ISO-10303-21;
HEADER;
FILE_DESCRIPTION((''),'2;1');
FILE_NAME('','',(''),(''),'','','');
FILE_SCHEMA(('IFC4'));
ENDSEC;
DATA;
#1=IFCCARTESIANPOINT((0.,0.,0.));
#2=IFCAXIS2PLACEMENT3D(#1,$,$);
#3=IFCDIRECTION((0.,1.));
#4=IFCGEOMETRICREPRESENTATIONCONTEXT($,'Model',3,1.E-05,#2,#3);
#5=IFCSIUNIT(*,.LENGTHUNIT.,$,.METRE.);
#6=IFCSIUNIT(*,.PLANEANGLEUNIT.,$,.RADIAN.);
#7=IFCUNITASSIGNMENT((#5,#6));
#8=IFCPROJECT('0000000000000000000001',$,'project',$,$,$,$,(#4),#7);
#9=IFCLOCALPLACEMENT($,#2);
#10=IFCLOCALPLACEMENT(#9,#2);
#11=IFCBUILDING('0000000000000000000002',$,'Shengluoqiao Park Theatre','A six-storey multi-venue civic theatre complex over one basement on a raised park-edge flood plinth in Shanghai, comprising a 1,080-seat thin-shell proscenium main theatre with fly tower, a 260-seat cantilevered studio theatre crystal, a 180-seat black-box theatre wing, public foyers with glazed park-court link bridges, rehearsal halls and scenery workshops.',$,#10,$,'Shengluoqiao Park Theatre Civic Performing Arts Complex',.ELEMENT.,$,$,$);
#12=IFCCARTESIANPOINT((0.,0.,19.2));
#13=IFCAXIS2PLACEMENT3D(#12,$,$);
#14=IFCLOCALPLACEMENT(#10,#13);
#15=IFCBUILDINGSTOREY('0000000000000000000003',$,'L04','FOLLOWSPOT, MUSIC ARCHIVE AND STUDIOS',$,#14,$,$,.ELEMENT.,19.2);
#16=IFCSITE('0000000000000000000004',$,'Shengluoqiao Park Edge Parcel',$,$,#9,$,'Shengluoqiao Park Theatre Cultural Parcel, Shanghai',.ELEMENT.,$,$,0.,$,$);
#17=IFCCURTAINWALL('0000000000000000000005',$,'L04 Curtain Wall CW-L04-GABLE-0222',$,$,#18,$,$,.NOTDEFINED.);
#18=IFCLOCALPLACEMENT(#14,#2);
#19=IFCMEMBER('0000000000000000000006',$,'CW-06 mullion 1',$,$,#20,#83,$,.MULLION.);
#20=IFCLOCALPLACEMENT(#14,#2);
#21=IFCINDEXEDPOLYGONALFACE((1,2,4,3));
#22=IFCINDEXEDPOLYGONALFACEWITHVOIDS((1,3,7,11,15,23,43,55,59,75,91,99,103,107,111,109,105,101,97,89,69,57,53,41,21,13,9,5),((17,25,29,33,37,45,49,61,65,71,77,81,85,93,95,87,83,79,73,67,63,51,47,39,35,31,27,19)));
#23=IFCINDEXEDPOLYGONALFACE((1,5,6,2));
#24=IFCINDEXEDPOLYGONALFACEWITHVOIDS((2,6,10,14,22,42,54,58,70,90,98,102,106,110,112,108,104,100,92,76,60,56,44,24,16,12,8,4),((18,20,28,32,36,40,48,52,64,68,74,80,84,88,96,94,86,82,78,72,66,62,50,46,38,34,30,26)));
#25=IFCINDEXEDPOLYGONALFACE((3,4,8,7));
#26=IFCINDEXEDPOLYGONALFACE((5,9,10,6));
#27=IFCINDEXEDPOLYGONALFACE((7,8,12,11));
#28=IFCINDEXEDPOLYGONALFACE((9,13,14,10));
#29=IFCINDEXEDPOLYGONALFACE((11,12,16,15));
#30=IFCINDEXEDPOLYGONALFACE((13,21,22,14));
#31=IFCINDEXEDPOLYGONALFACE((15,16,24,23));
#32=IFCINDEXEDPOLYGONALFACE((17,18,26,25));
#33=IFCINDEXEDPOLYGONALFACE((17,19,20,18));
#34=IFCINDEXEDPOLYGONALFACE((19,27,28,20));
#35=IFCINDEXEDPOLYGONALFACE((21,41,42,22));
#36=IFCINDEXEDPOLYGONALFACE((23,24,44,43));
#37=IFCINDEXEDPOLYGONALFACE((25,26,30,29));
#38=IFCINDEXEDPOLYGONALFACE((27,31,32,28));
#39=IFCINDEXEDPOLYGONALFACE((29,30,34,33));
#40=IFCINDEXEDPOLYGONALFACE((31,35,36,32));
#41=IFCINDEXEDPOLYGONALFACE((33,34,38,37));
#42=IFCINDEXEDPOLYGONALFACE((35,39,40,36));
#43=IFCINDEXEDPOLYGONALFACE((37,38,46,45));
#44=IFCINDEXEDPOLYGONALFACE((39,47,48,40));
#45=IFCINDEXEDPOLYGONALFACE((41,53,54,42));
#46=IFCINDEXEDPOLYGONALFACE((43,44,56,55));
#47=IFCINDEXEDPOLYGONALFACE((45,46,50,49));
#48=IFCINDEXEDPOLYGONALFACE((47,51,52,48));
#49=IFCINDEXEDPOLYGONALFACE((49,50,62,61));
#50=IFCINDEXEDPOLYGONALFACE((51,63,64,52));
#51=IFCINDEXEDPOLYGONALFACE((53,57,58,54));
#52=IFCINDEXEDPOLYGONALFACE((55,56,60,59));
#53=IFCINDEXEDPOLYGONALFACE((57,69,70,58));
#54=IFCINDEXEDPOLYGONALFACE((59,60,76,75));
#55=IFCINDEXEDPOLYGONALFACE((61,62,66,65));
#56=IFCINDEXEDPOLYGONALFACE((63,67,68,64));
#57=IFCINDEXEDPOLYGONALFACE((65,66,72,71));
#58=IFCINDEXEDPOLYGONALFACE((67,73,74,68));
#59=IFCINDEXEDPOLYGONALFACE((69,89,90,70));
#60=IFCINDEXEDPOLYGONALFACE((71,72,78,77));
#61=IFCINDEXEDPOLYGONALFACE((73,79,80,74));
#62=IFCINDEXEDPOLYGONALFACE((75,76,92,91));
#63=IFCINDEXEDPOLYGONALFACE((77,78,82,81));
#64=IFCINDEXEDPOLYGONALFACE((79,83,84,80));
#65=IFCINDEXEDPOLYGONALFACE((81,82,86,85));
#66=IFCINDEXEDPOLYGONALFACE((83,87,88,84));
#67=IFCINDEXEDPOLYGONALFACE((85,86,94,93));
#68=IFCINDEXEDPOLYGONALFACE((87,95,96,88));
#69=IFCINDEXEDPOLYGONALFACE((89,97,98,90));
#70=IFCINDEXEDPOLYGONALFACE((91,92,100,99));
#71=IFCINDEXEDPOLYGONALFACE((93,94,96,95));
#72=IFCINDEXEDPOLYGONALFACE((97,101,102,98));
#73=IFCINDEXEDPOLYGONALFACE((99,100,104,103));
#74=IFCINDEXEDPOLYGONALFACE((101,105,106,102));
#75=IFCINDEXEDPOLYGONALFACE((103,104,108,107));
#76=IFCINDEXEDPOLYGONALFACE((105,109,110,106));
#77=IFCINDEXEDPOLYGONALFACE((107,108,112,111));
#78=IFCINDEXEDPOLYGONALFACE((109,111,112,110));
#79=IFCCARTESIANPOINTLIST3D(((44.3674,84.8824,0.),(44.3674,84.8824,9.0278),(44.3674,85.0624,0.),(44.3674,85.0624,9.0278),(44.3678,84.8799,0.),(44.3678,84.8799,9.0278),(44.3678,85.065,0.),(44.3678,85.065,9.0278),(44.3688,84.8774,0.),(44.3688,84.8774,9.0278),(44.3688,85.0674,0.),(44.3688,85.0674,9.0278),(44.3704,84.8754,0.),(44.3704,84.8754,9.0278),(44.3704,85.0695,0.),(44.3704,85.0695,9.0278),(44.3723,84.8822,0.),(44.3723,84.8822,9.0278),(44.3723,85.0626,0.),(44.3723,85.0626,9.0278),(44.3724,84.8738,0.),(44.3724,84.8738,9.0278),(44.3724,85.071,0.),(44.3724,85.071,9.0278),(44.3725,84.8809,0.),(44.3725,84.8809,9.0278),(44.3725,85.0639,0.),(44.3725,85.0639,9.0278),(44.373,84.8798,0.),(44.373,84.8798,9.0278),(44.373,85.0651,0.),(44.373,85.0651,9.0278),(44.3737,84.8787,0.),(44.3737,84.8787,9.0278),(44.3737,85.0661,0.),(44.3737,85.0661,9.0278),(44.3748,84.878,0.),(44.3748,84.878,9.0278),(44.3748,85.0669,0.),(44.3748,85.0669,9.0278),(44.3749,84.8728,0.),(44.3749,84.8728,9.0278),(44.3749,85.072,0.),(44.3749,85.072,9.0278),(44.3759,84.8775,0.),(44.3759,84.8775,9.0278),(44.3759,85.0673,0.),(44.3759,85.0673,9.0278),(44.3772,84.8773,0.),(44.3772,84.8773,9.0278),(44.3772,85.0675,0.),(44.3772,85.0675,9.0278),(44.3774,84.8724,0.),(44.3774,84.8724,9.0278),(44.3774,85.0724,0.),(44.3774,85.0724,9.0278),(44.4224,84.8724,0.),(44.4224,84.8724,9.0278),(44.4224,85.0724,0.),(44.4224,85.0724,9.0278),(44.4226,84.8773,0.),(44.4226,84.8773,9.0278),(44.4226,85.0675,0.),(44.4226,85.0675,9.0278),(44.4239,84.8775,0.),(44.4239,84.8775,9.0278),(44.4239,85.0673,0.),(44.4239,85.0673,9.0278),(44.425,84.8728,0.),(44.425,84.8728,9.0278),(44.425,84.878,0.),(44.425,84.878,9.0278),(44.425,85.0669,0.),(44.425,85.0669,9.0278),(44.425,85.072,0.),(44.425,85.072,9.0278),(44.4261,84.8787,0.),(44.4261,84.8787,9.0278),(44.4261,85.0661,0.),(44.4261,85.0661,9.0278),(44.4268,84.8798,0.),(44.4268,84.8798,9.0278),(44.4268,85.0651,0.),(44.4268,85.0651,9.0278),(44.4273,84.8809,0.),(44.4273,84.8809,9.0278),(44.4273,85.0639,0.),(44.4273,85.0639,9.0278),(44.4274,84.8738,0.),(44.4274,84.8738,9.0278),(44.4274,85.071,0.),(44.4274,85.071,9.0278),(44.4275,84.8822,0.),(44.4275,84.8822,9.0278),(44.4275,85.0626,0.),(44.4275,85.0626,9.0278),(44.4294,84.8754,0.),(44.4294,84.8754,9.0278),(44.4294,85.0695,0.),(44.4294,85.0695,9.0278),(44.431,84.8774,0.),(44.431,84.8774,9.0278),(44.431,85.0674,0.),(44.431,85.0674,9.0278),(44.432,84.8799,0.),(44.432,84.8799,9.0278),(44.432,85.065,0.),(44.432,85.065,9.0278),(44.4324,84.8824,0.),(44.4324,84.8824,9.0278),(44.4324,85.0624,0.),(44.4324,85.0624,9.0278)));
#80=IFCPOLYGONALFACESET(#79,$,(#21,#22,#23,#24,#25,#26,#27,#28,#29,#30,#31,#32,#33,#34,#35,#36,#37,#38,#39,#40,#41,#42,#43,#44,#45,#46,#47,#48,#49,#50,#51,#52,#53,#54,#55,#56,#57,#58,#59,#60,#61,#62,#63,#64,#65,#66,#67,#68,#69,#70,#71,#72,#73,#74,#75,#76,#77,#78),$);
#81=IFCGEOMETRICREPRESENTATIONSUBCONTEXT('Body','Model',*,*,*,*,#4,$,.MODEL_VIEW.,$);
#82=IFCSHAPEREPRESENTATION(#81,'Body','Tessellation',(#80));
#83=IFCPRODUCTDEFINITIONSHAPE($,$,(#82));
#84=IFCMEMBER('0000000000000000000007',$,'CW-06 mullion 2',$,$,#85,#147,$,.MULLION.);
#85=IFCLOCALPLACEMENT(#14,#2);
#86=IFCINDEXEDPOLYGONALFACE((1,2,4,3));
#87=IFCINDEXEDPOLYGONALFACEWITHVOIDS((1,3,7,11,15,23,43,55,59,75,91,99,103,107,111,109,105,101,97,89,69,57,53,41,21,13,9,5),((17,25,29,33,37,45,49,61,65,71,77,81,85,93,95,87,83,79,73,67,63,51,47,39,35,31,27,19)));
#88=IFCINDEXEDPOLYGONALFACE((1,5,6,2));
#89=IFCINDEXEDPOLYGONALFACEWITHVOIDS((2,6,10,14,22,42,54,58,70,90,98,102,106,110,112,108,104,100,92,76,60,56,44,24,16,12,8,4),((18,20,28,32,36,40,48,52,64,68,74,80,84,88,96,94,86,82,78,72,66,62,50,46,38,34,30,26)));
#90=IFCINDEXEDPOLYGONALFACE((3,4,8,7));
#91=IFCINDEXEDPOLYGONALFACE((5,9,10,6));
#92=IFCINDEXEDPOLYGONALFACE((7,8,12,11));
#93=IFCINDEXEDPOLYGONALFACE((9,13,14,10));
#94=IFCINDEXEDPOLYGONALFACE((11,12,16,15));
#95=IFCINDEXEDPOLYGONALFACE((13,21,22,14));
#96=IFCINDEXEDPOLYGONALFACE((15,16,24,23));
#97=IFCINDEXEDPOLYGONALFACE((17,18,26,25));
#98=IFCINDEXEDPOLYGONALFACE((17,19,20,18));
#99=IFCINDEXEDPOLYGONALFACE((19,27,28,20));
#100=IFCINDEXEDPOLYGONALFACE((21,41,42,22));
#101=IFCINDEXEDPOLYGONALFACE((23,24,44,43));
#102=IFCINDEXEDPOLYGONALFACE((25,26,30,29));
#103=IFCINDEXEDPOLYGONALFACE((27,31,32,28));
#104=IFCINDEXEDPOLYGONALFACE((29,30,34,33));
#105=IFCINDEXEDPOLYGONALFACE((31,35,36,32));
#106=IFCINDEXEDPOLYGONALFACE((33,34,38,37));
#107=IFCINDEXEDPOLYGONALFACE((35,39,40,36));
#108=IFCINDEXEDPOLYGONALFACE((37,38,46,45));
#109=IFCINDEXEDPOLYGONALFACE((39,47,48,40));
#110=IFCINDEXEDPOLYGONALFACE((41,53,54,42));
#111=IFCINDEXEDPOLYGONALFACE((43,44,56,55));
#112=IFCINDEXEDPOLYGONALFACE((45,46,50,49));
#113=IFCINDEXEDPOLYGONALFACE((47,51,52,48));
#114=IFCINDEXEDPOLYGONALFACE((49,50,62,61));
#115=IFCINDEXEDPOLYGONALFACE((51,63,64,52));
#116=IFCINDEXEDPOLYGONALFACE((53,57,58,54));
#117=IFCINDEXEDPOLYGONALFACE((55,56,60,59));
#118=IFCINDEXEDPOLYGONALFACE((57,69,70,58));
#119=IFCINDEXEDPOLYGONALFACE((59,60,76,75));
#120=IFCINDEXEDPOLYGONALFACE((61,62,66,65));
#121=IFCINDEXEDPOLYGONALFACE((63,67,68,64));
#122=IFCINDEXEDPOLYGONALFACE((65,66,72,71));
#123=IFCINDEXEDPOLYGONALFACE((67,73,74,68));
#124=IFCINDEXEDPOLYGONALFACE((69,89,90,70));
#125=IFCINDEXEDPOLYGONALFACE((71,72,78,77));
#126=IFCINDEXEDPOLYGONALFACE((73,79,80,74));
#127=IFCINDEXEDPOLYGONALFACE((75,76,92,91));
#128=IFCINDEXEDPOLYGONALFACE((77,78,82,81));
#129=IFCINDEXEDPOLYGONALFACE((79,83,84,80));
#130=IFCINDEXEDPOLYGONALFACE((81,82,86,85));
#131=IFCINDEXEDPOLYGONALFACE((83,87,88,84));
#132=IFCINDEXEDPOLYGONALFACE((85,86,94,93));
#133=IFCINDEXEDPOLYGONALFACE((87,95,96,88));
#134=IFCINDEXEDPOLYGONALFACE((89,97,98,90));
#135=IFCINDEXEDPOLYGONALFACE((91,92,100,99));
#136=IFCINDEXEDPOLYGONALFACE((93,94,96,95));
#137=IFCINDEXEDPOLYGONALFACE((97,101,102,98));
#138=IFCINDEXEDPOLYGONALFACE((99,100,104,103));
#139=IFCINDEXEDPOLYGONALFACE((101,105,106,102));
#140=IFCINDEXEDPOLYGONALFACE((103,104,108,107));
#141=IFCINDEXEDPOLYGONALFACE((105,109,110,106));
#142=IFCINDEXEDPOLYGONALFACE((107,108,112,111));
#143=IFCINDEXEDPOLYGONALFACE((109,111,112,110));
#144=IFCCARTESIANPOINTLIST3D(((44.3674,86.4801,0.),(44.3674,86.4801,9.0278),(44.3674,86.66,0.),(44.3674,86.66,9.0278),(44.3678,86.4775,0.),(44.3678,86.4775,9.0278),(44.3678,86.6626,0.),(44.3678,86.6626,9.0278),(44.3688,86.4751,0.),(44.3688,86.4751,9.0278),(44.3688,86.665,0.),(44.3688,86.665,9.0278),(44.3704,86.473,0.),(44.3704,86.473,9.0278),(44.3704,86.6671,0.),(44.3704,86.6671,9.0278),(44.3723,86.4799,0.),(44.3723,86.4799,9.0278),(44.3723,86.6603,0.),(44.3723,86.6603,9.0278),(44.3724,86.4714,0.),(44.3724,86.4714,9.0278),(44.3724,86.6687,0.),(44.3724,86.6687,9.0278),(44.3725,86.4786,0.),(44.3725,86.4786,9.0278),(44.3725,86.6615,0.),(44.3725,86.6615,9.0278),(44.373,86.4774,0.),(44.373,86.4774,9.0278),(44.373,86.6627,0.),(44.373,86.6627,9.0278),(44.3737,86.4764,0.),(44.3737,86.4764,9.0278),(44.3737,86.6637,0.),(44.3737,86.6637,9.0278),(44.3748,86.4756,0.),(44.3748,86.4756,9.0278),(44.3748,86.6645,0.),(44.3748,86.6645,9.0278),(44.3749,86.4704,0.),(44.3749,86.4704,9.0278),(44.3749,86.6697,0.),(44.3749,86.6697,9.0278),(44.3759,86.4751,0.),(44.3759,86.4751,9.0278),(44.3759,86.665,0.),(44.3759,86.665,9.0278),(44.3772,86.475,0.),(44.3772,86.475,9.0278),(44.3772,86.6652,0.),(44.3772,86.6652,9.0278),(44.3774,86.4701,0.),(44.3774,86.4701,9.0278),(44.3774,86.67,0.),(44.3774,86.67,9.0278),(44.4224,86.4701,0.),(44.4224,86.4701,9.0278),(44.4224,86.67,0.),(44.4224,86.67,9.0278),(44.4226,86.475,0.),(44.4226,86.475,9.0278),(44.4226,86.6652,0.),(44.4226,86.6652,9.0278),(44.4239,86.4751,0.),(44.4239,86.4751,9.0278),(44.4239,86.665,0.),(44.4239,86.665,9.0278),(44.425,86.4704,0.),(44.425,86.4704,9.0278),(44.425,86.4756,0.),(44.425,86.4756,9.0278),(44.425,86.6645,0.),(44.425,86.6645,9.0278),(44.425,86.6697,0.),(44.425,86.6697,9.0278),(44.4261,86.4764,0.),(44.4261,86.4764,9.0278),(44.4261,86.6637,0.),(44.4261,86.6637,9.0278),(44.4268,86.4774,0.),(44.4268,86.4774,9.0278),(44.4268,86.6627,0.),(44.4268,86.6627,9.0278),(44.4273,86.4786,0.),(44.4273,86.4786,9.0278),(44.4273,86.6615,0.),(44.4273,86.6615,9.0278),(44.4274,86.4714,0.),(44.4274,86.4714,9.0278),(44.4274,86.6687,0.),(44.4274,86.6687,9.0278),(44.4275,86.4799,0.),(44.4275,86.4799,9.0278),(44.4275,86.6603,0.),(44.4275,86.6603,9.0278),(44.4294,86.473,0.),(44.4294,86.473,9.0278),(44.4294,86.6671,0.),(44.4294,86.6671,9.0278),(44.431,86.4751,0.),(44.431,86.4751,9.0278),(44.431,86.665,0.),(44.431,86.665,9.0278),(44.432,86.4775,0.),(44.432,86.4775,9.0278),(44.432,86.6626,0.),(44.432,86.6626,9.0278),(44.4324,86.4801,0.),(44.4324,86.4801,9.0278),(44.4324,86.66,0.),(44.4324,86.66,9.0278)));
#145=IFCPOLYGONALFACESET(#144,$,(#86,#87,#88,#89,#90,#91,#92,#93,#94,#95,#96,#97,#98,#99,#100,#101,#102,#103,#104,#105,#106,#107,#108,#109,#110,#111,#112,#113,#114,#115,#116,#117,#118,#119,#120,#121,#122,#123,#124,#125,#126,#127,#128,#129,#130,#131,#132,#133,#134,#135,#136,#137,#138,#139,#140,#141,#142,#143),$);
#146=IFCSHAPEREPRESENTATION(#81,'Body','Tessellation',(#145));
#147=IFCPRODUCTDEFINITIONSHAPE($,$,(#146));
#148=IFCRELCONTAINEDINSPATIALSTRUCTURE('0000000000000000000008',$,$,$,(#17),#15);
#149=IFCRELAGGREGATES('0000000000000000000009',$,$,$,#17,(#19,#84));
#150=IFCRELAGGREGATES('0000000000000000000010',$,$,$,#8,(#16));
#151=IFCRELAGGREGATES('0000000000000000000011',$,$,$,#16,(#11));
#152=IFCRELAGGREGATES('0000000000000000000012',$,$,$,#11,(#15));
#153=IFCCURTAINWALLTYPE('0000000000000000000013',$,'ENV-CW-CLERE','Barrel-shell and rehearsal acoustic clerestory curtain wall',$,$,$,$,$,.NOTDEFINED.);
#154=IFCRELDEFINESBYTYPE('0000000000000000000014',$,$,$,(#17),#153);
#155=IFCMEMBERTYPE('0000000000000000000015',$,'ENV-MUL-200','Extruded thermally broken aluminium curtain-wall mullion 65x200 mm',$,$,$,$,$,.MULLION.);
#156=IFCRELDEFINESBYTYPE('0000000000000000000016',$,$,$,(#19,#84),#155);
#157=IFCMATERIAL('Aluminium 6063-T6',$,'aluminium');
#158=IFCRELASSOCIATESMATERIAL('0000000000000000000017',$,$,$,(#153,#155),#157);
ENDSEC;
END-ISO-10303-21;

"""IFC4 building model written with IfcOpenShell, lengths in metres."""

from ifc_helpers import new_model, si_unit, direction, frame, origin, origin_2d, place, context, subcontext, project, spatial, hollow_rectangle, extrude, material, material_profile, profile_set, type_object, element, aggregate, save


model = new_model("IFC4")

# Units and contexts
model_context = context("Model", 3, precision=1e-05, world=origin(), true_north=direction((0.0, 1.0)))
body_context = subcontext(model_context, "Body", "Model", "MODEL_VIEW")
ifc_project = project(units=[si_unit("LENGTHUNIT", "METRE"), si_unit("PLANEANGLEUNIT", "RADIAN")], contexts=[model_context])

# Site, building, storey
site_placement = place(None, origin())
site = spatial("IfcSite", under=ifc_project, at=site_placement, Name="Shengluoqiao Park Edge Parcel", LongName="Shengluoqiao Park Theatre Cultural Parcel, Shanghai", CompositionType="ELEMENT", RefElevation=0.0)
building_placement = place(site_placement, origin())
building = spatial("IfcBuilding", under=site, at=building_placement, Name="Shengluoqiao Park Theatre", Description="A six-storey multi-venue civic theatre complex over one basement on a raised park-edge flood plinth in Shanghai, comprising a 1,080-seat thin-shell proscenium main theatre with fly tower, a 260-seat cantilevered studio theatre crystal, a 180-seat black-box theatre wing, public foyers with glazed park-court link bridges, rehearsal halls and scenery workshops.", LongName="Shengluoqiao Park Theatre Civic Performing Arts Complex", CompositionType="ELEMENT")
storey_placement = place(building_placement, frame((0.0, 0.0, 19.2)))
storey = spatial("IfcBuildingStorey", under=building, at=storey_placement, Name="L04", Description="FOLLOWSPOT, MUSIC ARCHIVE AND STUDIOS", CompositionType="ELEMENT", Elevation=19.2)

# Shared definitions
ifc_material_1 = material(Name="Aluminium 6063-T6", Category="aluminium")
curtain_wall_type = type_object("IfcCurtainWallType", Name="ENV-CW-CLERE", Description="Barrel-shell and rehearsal acoustic clerestory curtain wall", PredefinedType="NOTDEFINED", material=ifc_material_1)
ifc_material_profile_1 = material_profile(ifc_material_1, hollow_rectangle(XDim=0.0649, YDim=0.2, WallThickness=0.0049, InnerFilletRadius=0.0049, OuterFilletRadius=0.01, at=origin_2d()), Name="ALU MULLION 200x65x5")
ifc_profile_set_1 = profile_set([ifc_material_profile_1], Name="Aluminium 6063-T6")
member_type_1 = type_object("IfcMemberType", Name="ENV-MUL-200", Description="Extruded thermally broken aluminium curtain-wall mullion 65x200 mm", PredefinedType="MULLION", material=ifc_profile_set_1)

# Curtain wall, members
curtain_wall_1_placement = place(storey_placement, origin())
curtain_wall_1 = element("IfcCurtainWall", 1, at=curtain_wall_1_placement, inside=storey, type_object=curtain_wall_type, Name="L04 Curtain Wall CW-L04-GABLE-0222", PredefinedType="NOTDEFINED")
member_1_placement = place(storey_placement, frame((44.3999, 84.9724, 0.0), z_axis=(0.0, 0.0, 1.0), x_axis=(-1.0, 0.0, 0.0)))
member_1 = element("IfcMember", 2, at=member_1_placement, type_object=member_type_1, Name="CW-06 mullion 1", PredefinedType="MULLION", context=body_context, shape_type="SweptSolid", body=[
    extrude(hollow_rectangle(XDim=0.0649, YDim=0.2, WallThickness=0.0049, InnerFilletRadius=0.0049, OuterFilletRadius=0.01, at=origin_2d()), origin(), (0.0, 0.0, 1.0), 9.0278),
])
member_2_placement = place(storey_placement, frame((44.3999, 86.5701, 0.0), z_axis=(0.0, 0.0, 1.0), x_axis=(-1.0, 0.0, 0.0)))
member_2 = element("IfcMember", 3, at=member_2_placement, type_object=member_type_1, Name="CW-06 mullion 2", PredefinedType="MULLION", context=body_context, shape_type="SweptSolid", body=[
    extrude(hollow_rectangle(XDim=0.0649, YDim=0.2, WallThickness=0.0049, InnerFilletRadius=0.0049, OuterFilletRadius=0.01, at=origin_2d()), origin(), (0.0, 0.0, 1.0), 9.0278),
])

aggregate(curtain_wall_1, [member_1, member_2])

save(model, "model.ifc")
